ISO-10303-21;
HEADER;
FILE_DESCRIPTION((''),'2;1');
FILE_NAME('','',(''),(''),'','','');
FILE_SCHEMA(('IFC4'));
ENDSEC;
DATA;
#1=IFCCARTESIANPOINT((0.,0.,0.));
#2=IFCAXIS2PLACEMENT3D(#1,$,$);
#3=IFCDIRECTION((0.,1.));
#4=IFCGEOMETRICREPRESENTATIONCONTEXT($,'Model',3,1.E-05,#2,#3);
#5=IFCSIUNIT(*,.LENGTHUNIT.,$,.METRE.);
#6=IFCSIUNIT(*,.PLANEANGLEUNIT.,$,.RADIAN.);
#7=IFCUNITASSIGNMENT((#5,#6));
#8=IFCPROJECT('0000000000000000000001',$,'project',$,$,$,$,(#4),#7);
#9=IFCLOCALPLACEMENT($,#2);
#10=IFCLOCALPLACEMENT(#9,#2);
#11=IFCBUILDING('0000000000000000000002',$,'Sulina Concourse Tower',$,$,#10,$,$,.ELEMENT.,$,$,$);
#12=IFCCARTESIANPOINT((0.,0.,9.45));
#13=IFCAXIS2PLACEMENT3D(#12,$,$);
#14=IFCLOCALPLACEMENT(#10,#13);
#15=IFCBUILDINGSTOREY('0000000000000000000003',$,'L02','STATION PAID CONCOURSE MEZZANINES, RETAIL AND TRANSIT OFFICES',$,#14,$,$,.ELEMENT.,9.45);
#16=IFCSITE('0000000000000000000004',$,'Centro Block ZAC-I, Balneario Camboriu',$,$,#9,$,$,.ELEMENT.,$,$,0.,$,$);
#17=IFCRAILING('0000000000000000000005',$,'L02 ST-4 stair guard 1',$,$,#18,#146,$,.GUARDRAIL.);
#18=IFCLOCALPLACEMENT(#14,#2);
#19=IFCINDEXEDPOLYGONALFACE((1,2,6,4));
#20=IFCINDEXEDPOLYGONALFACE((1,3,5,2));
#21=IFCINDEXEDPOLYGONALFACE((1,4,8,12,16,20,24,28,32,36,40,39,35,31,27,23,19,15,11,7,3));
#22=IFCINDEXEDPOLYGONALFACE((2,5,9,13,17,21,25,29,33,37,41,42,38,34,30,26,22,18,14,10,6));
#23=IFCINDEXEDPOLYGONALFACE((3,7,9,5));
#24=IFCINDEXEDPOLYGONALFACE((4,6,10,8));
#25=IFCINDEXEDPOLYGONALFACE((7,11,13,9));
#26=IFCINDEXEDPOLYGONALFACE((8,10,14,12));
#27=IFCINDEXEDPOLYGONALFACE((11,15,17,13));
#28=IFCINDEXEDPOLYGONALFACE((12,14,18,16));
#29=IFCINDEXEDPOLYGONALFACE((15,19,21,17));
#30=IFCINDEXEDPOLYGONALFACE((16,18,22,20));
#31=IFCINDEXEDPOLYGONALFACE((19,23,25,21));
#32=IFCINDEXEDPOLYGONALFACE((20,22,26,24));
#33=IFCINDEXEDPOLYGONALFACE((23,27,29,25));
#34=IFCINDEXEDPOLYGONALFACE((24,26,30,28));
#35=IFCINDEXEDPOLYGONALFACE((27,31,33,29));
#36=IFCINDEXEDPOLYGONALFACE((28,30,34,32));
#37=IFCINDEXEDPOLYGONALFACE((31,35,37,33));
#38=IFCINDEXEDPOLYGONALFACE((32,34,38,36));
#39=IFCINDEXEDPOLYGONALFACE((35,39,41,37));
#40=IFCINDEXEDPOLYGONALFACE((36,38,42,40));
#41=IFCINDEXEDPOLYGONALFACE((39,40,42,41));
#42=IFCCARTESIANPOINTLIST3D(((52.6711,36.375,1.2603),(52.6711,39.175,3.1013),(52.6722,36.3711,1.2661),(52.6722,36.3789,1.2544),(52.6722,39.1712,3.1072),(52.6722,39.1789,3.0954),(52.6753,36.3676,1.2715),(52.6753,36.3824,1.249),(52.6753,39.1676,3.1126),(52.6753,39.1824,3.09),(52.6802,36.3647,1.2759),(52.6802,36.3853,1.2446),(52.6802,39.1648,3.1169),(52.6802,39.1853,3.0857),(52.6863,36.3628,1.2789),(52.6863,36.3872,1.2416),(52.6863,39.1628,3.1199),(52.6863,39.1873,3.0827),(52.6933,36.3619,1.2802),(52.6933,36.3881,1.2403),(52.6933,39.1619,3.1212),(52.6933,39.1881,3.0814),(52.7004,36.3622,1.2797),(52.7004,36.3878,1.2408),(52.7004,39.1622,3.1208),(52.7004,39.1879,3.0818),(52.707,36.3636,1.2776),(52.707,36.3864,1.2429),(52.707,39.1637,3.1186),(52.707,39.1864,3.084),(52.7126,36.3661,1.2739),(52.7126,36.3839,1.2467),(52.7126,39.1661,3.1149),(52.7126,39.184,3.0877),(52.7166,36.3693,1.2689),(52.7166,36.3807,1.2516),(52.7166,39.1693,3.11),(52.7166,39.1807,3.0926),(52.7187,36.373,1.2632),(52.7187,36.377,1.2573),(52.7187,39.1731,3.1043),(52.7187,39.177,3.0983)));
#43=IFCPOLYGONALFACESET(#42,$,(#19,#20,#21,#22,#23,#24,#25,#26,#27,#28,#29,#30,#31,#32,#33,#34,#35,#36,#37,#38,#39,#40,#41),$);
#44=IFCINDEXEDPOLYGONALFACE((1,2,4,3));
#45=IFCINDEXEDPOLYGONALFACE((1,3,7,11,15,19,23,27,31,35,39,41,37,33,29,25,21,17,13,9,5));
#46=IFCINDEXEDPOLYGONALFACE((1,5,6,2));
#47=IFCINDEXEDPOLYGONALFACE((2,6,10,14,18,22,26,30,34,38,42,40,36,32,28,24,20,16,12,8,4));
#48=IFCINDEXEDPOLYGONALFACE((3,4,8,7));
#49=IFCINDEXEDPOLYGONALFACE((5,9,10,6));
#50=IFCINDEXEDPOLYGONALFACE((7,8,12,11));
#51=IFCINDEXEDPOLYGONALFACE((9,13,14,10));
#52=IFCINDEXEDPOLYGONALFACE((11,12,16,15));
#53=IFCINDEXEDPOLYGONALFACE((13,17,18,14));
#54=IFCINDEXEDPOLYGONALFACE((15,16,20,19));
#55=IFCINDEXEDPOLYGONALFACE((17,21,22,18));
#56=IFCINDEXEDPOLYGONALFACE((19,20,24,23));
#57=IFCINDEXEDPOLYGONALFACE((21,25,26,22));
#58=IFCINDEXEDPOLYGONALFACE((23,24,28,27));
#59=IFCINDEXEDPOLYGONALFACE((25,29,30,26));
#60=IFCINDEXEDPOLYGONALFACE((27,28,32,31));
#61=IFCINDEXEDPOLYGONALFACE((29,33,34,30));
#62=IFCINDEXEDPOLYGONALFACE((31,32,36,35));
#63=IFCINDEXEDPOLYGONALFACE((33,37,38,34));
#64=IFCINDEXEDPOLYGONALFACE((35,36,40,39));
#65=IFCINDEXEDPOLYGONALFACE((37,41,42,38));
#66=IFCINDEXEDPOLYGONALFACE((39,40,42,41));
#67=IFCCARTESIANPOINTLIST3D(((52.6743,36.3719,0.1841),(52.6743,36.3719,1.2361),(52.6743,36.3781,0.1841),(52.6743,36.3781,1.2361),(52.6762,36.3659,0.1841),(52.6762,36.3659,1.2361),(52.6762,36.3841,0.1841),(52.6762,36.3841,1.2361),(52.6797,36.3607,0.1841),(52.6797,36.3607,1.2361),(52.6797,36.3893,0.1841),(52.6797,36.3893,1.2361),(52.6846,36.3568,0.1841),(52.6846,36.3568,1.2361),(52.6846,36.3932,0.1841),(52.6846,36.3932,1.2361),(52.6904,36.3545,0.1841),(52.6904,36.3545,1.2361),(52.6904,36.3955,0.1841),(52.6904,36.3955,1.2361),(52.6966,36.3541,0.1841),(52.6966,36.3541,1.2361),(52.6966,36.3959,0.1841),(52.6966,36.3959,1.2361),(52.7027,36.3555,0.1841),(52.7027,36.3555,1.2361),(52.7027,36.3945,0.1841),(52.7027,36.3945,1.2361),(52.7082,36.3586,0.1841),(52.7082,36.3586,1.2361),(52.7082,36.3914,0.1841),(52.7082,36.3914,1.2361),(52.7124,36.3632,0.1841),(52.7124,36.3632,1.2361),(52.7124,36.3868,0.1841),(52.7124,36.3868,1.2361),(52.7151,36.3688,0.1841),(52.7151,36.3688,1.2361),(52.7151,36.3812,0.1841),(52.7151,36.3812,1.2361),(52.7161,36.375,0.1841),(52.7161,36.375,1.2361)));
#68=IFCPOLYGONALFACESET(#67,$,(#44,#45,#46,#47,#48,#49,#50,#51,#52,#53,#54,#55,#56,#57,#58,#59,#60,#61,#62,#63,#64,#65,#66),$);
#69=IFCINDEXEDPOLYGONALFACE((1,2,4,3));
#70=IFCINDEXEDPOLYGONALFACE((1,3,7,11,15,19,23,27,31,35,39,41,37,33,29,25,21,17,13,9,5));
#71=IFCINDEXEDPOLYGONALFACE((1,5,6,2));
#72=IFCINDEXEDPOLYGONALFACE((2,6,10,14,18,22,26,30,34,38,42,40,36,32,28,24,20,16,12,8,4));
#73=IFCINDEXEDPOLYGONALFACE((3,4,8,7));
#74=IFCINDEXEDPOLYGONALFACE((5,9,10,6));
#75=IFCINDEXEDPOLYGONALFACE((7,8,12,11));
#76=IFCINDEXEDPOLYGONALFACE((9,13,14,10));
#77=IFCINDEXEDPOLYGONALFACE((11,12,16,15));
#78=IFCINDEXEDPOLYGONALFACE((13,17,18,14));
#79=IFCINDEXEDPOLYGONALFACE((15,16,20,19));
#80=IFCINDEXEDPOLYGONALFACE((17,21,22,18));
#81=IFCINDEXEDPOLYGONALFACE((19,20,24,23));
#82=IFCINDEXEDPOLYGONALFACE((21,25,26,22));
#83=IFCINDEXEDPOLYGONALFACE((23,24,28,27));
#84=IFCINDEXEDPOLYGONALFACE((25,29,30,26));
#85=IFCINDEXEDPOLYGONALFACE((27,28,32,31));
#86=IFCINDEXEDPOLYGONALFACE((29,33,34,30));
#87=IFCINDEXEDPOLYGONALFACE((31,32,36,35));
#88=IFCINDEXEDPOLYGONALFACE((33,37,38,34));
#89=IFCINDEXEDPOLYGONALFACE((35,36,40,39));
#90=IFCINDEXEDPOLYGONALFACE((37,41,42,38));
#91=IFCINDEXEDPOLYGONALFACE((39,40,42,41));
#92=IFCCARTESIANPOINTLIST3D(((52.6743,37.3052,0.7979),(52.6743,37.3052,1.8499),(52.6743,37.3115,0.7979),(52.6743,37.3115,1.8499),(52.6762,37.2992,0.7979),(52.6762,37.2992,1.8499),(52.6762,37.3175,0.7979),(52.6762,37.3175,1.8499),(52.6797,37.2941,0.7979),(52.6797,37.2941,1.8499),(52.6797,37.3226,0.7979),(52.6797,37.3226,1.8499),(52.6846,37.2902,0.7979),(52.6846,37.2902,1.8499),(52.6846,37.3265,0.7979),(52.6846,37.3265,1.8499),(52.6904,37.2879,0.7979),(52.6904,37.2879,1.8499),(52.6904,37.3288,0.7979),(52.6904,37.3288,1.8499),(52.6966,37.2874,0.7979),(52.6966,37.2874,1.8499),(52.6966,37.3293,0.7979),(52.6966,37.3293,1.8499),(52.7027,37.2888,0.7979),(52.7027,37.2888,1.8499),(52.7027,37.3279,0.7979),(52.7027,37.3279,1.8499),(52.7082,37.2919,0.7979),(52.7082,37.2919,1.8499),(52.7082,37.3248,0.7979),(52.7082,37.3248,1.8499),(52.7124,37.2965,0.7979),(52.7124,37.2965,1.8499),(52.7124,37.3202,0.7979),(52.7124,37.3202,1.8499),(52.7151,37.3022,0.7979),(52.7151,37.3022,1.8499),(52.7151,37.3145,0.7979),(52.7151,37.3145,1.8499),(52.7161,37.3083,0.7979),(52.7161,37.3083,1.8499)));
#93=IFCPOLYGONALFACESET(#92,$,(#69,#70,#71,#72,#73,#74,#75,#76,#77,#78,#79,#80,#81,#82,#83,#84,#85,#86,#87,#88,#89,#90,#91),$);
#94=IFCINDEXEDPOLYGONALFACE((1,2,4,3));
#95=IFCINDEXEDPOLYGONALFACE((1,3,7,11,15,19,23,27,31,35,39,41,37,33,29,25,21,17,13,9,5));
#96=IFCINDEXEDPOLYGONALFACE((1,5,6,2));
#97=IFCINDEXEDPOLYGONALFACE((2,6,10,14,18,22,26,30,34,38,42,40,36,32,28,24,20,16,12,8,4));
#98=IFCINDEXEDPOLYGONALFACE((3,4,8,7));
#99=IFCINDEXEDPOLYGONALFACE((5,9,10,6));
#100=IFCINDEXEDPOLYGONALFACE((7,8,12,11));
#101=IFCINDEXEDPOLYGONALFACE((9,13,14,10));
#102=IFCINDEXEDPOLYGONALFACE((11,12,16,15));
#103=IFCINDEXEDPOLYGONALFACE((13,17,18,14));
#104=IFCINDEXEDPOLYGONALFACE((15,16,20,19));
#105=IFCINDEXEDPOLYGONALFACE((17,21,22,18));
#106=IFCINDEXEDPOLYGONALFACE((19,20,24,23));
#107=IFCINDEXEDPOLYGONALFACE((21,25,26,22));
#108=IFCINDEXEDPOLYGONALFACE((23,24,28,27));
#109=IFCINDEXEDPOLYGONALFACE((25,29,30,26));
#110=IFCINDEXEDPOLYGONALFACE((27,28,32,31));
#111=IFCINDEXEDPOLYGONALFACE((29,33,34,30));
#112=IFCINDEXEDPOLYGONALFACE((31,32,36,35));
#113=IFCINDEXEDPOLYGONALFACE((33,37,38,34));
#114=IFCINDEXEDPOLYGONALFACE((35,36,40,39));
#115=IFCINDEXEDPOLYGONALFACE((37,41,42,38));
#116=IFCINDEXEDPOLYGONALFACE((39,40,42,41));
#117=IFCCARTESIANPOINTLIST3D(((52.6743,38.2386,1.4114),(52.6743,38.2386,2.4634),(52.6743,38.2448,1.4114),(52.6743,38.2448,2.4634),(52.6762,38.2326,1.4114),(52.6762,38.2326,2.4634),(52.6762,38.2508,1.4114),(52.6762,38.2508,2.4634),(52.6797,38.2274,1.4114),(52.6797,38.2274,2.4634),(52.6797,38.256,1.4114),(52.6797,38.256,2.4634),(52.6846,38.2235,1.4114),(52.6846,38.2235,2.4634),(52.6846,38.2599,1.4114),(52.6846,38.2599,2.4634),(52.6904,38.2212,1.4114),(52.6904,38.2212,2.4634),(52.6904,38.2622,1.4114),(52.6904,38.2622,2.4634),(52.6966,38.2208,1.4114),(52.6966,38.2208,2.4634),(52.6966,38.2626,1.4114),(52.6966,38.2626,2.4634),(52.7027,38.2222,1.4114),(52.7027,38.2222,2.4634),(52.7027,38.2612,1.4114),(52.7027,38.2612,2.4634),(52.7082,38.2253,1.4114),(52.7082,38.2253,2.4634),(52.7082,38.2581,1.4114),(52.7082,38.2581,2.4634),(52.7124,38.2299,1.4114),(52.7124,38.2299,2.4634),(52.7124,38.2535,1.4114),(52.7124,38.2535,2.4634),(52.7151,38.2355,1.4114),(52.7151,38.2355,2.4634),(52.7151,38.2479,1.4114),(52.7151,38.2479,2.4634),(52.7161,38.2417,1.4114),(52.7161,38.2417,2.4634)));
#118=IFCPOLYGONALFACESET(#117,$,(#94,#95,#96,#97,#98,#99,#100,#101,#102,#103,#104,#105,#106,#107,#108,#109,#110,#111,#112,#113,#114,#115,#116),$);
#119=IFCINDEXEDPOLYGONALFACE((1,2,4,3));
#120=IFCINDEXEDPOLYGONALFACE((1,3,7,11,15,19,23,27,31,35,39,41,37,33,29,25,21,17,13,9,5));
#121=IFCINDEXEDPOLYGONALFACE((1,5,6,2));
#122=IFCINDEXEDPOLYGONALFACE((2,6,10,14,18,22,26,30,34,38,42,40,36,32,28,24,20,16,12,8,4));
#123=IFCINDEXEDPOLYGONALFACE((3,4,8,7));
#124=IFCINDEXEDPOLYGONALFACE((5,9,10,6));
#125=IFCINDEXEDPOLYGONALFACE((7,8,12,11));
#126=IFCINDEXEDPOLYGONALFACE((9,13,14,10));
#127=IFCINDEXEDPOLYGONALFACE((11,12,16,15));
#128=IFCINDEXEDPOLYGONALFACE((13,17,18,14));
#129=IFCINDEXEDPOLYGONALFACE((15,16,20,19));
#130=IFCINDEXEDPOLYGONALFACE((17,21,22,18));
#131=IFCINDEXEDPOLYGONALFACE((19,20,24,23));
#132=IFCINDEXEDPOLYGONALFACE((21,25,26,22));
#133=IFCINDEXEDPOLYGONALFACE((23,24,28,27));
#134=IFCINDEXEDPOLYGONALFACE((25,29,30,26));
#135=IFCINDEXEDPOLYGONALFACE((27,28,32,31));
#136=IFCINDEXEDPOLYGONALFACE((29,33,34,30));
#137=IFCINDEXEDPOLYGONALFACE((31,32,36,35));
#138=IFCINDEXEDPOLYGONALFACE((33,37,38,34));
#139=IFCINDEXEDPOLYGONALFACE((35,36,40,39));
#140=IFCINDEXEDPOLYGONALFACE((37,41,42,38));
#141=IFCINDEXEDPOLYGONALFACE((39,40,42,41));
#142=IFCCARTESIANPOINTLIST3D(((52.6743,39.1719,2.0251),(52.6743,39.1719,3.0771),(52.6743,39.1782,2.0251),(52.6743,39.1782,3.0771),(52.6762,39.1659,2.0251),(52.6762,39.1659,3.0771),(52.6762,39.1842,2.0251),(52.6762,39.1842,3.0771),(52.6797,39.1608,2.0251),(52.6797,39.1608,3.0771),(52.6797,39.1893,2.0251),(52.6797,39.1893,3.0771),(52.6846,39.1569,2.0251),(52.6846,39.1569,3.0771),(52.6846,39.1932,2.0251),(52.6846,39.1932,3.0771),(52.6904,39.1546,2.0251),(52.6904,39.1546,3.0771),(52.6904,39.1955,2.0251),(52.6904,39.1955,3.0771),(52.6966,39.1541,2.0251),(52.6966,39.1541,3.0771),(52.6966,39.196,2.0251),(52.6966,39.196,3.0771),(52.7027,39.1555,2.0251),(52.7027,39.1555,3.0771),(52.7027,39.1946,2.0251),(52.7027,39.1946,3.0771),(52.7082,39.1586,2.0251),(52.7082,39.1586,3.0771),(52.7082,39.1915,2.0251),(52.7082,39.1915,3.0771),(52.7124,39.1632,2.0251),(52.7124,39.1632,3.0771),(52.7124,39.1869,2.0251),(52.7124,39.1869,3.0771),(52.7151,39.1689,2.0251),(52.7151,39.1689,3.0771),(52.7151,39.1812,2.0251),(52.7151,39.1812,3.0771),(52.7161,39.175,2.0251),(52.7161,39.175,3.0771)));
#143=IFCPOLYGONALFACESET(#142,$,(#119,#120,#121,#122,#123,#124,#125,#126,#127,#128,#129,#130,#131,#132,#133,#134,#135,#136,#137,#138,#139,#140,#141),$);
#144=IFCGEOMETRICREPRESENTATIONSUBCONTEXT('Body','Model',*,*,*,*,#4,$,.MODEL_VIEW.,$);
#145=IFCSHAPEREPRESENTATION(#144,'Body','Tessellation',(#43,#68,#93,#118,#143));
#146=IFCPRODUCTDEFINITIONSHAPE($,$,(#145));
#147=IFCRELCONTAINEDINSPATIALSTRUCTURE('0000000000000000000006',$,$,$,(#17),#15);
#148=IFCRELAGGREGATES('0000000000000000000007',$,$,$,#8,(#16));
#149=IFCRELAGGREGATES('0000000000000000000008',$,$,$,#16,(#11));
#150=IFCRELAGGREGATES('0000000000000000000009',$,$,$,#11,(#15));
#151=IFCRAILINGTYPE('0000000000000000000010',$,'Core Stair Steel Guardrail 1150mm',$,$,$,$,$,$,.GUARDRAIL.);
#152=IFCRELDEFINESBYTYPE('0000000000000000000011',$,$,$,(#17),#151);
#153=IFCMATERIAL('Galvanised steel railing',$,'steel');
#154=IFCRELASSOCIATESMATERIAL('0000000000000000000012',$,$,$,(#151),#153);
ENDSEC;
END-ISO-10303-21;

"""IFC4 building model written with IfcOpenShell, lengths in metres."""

from ifc_helpers import new_model, si_unit, direction, frame, origin, origin_2d, place, context, subcontext, project, spatial, circle, extrude, material, type_object, element, save


model = new_model("IFC4")

# Units and contexts
model_context = context("Model", 3, precision=1e-05, world=origin(), true_north=direction((0.0, 1.0)))
body_context = subcontext(model_context, "Body", "Model", "MODEL_VIEW")
ifc_project = project(units=[si_unit("LENGTHUNIT", "METRE"), si_unit("PLANEANGLEUNIT", "RADIAN")], contexts=[model_context])

# Site, building, storey
site_placement = place(None, origin())
site = spatial("IfcSite", under=ifc_project, at=site_placement, Name="Centro Block ZAC-I, Balneario Camboriu", CompositionType="ELEMENT", RefElevation=0.0)
building_placement = place(site_placement, origin())
building = spatial("IfcBuilding", under=site, at=building_placement, Name="Sulina Concourse Tower", CompositionType="ELEMENT")
storey_placement = place(building_placement, frame((0.0, 0.0, 9.45)))
storey = spatial("IfcBuildingStorey", under=building, at=storey_placement, Name="L02", Description="STATION PAID CONCOURSE MEZZANINES, RETAIL AND TRANSIT OFFICES", CompositionType="ELEMENT", Elevation=9.45)

# Railing
ifc_material_1 = material(Name="Galvanised steel railing", Category="steel")
railing_type_1 = type_object("IfcRailingType", Name="Core Stair Steel Guardrail 1150mm", PredefinedType="GUARDRAIL", material=ifc_material_1)
railing_1_placement = place(storey_placement, frame((52.6951, 36.375, 0.1841)))
element("IfcRailing", 1, at=railing_1_placement, inside=storey, type_object=railing_type_1, Name="L02 ST-4 stair guard 1", PredefinedType="GUARDRAIL", context=body_context, shape_type="SweptSolid", body=[
    extrude(circle(Radius=0.0239, at=origin_2d()), frame((0.0, 0.0, 1.0762), z_axis=(0.0, 0.835564, 0.549393), x_axis=(-1.0, 0.0, 0.0)), (0.0, 0.0, 1.0), 3.3511),
    extrude(circle(Radius=0.021, at=origin_2d()), origin(), (0.0, 0.0, 1.0), 1.052),
    extrude(circle(Radius=0.021, at=origin_2d()), frame((0.0, 0.9333, 0.6138)), (0.0, 0.0, 1.0), 1.052),
    extrude(circle(Radius=0.021, at=origin_2d()), frame((0.0, 1.8667, 1.2273)), (0.0, 0.0, 1.0), 1.052),
    extrude(circle(Radius=0.021, at=origin_2d()), frame((0.0, 2.8, 1.8411)), (0.0, 0.0, 1.0), 1.052),
])

save(model, "model.ifc")
